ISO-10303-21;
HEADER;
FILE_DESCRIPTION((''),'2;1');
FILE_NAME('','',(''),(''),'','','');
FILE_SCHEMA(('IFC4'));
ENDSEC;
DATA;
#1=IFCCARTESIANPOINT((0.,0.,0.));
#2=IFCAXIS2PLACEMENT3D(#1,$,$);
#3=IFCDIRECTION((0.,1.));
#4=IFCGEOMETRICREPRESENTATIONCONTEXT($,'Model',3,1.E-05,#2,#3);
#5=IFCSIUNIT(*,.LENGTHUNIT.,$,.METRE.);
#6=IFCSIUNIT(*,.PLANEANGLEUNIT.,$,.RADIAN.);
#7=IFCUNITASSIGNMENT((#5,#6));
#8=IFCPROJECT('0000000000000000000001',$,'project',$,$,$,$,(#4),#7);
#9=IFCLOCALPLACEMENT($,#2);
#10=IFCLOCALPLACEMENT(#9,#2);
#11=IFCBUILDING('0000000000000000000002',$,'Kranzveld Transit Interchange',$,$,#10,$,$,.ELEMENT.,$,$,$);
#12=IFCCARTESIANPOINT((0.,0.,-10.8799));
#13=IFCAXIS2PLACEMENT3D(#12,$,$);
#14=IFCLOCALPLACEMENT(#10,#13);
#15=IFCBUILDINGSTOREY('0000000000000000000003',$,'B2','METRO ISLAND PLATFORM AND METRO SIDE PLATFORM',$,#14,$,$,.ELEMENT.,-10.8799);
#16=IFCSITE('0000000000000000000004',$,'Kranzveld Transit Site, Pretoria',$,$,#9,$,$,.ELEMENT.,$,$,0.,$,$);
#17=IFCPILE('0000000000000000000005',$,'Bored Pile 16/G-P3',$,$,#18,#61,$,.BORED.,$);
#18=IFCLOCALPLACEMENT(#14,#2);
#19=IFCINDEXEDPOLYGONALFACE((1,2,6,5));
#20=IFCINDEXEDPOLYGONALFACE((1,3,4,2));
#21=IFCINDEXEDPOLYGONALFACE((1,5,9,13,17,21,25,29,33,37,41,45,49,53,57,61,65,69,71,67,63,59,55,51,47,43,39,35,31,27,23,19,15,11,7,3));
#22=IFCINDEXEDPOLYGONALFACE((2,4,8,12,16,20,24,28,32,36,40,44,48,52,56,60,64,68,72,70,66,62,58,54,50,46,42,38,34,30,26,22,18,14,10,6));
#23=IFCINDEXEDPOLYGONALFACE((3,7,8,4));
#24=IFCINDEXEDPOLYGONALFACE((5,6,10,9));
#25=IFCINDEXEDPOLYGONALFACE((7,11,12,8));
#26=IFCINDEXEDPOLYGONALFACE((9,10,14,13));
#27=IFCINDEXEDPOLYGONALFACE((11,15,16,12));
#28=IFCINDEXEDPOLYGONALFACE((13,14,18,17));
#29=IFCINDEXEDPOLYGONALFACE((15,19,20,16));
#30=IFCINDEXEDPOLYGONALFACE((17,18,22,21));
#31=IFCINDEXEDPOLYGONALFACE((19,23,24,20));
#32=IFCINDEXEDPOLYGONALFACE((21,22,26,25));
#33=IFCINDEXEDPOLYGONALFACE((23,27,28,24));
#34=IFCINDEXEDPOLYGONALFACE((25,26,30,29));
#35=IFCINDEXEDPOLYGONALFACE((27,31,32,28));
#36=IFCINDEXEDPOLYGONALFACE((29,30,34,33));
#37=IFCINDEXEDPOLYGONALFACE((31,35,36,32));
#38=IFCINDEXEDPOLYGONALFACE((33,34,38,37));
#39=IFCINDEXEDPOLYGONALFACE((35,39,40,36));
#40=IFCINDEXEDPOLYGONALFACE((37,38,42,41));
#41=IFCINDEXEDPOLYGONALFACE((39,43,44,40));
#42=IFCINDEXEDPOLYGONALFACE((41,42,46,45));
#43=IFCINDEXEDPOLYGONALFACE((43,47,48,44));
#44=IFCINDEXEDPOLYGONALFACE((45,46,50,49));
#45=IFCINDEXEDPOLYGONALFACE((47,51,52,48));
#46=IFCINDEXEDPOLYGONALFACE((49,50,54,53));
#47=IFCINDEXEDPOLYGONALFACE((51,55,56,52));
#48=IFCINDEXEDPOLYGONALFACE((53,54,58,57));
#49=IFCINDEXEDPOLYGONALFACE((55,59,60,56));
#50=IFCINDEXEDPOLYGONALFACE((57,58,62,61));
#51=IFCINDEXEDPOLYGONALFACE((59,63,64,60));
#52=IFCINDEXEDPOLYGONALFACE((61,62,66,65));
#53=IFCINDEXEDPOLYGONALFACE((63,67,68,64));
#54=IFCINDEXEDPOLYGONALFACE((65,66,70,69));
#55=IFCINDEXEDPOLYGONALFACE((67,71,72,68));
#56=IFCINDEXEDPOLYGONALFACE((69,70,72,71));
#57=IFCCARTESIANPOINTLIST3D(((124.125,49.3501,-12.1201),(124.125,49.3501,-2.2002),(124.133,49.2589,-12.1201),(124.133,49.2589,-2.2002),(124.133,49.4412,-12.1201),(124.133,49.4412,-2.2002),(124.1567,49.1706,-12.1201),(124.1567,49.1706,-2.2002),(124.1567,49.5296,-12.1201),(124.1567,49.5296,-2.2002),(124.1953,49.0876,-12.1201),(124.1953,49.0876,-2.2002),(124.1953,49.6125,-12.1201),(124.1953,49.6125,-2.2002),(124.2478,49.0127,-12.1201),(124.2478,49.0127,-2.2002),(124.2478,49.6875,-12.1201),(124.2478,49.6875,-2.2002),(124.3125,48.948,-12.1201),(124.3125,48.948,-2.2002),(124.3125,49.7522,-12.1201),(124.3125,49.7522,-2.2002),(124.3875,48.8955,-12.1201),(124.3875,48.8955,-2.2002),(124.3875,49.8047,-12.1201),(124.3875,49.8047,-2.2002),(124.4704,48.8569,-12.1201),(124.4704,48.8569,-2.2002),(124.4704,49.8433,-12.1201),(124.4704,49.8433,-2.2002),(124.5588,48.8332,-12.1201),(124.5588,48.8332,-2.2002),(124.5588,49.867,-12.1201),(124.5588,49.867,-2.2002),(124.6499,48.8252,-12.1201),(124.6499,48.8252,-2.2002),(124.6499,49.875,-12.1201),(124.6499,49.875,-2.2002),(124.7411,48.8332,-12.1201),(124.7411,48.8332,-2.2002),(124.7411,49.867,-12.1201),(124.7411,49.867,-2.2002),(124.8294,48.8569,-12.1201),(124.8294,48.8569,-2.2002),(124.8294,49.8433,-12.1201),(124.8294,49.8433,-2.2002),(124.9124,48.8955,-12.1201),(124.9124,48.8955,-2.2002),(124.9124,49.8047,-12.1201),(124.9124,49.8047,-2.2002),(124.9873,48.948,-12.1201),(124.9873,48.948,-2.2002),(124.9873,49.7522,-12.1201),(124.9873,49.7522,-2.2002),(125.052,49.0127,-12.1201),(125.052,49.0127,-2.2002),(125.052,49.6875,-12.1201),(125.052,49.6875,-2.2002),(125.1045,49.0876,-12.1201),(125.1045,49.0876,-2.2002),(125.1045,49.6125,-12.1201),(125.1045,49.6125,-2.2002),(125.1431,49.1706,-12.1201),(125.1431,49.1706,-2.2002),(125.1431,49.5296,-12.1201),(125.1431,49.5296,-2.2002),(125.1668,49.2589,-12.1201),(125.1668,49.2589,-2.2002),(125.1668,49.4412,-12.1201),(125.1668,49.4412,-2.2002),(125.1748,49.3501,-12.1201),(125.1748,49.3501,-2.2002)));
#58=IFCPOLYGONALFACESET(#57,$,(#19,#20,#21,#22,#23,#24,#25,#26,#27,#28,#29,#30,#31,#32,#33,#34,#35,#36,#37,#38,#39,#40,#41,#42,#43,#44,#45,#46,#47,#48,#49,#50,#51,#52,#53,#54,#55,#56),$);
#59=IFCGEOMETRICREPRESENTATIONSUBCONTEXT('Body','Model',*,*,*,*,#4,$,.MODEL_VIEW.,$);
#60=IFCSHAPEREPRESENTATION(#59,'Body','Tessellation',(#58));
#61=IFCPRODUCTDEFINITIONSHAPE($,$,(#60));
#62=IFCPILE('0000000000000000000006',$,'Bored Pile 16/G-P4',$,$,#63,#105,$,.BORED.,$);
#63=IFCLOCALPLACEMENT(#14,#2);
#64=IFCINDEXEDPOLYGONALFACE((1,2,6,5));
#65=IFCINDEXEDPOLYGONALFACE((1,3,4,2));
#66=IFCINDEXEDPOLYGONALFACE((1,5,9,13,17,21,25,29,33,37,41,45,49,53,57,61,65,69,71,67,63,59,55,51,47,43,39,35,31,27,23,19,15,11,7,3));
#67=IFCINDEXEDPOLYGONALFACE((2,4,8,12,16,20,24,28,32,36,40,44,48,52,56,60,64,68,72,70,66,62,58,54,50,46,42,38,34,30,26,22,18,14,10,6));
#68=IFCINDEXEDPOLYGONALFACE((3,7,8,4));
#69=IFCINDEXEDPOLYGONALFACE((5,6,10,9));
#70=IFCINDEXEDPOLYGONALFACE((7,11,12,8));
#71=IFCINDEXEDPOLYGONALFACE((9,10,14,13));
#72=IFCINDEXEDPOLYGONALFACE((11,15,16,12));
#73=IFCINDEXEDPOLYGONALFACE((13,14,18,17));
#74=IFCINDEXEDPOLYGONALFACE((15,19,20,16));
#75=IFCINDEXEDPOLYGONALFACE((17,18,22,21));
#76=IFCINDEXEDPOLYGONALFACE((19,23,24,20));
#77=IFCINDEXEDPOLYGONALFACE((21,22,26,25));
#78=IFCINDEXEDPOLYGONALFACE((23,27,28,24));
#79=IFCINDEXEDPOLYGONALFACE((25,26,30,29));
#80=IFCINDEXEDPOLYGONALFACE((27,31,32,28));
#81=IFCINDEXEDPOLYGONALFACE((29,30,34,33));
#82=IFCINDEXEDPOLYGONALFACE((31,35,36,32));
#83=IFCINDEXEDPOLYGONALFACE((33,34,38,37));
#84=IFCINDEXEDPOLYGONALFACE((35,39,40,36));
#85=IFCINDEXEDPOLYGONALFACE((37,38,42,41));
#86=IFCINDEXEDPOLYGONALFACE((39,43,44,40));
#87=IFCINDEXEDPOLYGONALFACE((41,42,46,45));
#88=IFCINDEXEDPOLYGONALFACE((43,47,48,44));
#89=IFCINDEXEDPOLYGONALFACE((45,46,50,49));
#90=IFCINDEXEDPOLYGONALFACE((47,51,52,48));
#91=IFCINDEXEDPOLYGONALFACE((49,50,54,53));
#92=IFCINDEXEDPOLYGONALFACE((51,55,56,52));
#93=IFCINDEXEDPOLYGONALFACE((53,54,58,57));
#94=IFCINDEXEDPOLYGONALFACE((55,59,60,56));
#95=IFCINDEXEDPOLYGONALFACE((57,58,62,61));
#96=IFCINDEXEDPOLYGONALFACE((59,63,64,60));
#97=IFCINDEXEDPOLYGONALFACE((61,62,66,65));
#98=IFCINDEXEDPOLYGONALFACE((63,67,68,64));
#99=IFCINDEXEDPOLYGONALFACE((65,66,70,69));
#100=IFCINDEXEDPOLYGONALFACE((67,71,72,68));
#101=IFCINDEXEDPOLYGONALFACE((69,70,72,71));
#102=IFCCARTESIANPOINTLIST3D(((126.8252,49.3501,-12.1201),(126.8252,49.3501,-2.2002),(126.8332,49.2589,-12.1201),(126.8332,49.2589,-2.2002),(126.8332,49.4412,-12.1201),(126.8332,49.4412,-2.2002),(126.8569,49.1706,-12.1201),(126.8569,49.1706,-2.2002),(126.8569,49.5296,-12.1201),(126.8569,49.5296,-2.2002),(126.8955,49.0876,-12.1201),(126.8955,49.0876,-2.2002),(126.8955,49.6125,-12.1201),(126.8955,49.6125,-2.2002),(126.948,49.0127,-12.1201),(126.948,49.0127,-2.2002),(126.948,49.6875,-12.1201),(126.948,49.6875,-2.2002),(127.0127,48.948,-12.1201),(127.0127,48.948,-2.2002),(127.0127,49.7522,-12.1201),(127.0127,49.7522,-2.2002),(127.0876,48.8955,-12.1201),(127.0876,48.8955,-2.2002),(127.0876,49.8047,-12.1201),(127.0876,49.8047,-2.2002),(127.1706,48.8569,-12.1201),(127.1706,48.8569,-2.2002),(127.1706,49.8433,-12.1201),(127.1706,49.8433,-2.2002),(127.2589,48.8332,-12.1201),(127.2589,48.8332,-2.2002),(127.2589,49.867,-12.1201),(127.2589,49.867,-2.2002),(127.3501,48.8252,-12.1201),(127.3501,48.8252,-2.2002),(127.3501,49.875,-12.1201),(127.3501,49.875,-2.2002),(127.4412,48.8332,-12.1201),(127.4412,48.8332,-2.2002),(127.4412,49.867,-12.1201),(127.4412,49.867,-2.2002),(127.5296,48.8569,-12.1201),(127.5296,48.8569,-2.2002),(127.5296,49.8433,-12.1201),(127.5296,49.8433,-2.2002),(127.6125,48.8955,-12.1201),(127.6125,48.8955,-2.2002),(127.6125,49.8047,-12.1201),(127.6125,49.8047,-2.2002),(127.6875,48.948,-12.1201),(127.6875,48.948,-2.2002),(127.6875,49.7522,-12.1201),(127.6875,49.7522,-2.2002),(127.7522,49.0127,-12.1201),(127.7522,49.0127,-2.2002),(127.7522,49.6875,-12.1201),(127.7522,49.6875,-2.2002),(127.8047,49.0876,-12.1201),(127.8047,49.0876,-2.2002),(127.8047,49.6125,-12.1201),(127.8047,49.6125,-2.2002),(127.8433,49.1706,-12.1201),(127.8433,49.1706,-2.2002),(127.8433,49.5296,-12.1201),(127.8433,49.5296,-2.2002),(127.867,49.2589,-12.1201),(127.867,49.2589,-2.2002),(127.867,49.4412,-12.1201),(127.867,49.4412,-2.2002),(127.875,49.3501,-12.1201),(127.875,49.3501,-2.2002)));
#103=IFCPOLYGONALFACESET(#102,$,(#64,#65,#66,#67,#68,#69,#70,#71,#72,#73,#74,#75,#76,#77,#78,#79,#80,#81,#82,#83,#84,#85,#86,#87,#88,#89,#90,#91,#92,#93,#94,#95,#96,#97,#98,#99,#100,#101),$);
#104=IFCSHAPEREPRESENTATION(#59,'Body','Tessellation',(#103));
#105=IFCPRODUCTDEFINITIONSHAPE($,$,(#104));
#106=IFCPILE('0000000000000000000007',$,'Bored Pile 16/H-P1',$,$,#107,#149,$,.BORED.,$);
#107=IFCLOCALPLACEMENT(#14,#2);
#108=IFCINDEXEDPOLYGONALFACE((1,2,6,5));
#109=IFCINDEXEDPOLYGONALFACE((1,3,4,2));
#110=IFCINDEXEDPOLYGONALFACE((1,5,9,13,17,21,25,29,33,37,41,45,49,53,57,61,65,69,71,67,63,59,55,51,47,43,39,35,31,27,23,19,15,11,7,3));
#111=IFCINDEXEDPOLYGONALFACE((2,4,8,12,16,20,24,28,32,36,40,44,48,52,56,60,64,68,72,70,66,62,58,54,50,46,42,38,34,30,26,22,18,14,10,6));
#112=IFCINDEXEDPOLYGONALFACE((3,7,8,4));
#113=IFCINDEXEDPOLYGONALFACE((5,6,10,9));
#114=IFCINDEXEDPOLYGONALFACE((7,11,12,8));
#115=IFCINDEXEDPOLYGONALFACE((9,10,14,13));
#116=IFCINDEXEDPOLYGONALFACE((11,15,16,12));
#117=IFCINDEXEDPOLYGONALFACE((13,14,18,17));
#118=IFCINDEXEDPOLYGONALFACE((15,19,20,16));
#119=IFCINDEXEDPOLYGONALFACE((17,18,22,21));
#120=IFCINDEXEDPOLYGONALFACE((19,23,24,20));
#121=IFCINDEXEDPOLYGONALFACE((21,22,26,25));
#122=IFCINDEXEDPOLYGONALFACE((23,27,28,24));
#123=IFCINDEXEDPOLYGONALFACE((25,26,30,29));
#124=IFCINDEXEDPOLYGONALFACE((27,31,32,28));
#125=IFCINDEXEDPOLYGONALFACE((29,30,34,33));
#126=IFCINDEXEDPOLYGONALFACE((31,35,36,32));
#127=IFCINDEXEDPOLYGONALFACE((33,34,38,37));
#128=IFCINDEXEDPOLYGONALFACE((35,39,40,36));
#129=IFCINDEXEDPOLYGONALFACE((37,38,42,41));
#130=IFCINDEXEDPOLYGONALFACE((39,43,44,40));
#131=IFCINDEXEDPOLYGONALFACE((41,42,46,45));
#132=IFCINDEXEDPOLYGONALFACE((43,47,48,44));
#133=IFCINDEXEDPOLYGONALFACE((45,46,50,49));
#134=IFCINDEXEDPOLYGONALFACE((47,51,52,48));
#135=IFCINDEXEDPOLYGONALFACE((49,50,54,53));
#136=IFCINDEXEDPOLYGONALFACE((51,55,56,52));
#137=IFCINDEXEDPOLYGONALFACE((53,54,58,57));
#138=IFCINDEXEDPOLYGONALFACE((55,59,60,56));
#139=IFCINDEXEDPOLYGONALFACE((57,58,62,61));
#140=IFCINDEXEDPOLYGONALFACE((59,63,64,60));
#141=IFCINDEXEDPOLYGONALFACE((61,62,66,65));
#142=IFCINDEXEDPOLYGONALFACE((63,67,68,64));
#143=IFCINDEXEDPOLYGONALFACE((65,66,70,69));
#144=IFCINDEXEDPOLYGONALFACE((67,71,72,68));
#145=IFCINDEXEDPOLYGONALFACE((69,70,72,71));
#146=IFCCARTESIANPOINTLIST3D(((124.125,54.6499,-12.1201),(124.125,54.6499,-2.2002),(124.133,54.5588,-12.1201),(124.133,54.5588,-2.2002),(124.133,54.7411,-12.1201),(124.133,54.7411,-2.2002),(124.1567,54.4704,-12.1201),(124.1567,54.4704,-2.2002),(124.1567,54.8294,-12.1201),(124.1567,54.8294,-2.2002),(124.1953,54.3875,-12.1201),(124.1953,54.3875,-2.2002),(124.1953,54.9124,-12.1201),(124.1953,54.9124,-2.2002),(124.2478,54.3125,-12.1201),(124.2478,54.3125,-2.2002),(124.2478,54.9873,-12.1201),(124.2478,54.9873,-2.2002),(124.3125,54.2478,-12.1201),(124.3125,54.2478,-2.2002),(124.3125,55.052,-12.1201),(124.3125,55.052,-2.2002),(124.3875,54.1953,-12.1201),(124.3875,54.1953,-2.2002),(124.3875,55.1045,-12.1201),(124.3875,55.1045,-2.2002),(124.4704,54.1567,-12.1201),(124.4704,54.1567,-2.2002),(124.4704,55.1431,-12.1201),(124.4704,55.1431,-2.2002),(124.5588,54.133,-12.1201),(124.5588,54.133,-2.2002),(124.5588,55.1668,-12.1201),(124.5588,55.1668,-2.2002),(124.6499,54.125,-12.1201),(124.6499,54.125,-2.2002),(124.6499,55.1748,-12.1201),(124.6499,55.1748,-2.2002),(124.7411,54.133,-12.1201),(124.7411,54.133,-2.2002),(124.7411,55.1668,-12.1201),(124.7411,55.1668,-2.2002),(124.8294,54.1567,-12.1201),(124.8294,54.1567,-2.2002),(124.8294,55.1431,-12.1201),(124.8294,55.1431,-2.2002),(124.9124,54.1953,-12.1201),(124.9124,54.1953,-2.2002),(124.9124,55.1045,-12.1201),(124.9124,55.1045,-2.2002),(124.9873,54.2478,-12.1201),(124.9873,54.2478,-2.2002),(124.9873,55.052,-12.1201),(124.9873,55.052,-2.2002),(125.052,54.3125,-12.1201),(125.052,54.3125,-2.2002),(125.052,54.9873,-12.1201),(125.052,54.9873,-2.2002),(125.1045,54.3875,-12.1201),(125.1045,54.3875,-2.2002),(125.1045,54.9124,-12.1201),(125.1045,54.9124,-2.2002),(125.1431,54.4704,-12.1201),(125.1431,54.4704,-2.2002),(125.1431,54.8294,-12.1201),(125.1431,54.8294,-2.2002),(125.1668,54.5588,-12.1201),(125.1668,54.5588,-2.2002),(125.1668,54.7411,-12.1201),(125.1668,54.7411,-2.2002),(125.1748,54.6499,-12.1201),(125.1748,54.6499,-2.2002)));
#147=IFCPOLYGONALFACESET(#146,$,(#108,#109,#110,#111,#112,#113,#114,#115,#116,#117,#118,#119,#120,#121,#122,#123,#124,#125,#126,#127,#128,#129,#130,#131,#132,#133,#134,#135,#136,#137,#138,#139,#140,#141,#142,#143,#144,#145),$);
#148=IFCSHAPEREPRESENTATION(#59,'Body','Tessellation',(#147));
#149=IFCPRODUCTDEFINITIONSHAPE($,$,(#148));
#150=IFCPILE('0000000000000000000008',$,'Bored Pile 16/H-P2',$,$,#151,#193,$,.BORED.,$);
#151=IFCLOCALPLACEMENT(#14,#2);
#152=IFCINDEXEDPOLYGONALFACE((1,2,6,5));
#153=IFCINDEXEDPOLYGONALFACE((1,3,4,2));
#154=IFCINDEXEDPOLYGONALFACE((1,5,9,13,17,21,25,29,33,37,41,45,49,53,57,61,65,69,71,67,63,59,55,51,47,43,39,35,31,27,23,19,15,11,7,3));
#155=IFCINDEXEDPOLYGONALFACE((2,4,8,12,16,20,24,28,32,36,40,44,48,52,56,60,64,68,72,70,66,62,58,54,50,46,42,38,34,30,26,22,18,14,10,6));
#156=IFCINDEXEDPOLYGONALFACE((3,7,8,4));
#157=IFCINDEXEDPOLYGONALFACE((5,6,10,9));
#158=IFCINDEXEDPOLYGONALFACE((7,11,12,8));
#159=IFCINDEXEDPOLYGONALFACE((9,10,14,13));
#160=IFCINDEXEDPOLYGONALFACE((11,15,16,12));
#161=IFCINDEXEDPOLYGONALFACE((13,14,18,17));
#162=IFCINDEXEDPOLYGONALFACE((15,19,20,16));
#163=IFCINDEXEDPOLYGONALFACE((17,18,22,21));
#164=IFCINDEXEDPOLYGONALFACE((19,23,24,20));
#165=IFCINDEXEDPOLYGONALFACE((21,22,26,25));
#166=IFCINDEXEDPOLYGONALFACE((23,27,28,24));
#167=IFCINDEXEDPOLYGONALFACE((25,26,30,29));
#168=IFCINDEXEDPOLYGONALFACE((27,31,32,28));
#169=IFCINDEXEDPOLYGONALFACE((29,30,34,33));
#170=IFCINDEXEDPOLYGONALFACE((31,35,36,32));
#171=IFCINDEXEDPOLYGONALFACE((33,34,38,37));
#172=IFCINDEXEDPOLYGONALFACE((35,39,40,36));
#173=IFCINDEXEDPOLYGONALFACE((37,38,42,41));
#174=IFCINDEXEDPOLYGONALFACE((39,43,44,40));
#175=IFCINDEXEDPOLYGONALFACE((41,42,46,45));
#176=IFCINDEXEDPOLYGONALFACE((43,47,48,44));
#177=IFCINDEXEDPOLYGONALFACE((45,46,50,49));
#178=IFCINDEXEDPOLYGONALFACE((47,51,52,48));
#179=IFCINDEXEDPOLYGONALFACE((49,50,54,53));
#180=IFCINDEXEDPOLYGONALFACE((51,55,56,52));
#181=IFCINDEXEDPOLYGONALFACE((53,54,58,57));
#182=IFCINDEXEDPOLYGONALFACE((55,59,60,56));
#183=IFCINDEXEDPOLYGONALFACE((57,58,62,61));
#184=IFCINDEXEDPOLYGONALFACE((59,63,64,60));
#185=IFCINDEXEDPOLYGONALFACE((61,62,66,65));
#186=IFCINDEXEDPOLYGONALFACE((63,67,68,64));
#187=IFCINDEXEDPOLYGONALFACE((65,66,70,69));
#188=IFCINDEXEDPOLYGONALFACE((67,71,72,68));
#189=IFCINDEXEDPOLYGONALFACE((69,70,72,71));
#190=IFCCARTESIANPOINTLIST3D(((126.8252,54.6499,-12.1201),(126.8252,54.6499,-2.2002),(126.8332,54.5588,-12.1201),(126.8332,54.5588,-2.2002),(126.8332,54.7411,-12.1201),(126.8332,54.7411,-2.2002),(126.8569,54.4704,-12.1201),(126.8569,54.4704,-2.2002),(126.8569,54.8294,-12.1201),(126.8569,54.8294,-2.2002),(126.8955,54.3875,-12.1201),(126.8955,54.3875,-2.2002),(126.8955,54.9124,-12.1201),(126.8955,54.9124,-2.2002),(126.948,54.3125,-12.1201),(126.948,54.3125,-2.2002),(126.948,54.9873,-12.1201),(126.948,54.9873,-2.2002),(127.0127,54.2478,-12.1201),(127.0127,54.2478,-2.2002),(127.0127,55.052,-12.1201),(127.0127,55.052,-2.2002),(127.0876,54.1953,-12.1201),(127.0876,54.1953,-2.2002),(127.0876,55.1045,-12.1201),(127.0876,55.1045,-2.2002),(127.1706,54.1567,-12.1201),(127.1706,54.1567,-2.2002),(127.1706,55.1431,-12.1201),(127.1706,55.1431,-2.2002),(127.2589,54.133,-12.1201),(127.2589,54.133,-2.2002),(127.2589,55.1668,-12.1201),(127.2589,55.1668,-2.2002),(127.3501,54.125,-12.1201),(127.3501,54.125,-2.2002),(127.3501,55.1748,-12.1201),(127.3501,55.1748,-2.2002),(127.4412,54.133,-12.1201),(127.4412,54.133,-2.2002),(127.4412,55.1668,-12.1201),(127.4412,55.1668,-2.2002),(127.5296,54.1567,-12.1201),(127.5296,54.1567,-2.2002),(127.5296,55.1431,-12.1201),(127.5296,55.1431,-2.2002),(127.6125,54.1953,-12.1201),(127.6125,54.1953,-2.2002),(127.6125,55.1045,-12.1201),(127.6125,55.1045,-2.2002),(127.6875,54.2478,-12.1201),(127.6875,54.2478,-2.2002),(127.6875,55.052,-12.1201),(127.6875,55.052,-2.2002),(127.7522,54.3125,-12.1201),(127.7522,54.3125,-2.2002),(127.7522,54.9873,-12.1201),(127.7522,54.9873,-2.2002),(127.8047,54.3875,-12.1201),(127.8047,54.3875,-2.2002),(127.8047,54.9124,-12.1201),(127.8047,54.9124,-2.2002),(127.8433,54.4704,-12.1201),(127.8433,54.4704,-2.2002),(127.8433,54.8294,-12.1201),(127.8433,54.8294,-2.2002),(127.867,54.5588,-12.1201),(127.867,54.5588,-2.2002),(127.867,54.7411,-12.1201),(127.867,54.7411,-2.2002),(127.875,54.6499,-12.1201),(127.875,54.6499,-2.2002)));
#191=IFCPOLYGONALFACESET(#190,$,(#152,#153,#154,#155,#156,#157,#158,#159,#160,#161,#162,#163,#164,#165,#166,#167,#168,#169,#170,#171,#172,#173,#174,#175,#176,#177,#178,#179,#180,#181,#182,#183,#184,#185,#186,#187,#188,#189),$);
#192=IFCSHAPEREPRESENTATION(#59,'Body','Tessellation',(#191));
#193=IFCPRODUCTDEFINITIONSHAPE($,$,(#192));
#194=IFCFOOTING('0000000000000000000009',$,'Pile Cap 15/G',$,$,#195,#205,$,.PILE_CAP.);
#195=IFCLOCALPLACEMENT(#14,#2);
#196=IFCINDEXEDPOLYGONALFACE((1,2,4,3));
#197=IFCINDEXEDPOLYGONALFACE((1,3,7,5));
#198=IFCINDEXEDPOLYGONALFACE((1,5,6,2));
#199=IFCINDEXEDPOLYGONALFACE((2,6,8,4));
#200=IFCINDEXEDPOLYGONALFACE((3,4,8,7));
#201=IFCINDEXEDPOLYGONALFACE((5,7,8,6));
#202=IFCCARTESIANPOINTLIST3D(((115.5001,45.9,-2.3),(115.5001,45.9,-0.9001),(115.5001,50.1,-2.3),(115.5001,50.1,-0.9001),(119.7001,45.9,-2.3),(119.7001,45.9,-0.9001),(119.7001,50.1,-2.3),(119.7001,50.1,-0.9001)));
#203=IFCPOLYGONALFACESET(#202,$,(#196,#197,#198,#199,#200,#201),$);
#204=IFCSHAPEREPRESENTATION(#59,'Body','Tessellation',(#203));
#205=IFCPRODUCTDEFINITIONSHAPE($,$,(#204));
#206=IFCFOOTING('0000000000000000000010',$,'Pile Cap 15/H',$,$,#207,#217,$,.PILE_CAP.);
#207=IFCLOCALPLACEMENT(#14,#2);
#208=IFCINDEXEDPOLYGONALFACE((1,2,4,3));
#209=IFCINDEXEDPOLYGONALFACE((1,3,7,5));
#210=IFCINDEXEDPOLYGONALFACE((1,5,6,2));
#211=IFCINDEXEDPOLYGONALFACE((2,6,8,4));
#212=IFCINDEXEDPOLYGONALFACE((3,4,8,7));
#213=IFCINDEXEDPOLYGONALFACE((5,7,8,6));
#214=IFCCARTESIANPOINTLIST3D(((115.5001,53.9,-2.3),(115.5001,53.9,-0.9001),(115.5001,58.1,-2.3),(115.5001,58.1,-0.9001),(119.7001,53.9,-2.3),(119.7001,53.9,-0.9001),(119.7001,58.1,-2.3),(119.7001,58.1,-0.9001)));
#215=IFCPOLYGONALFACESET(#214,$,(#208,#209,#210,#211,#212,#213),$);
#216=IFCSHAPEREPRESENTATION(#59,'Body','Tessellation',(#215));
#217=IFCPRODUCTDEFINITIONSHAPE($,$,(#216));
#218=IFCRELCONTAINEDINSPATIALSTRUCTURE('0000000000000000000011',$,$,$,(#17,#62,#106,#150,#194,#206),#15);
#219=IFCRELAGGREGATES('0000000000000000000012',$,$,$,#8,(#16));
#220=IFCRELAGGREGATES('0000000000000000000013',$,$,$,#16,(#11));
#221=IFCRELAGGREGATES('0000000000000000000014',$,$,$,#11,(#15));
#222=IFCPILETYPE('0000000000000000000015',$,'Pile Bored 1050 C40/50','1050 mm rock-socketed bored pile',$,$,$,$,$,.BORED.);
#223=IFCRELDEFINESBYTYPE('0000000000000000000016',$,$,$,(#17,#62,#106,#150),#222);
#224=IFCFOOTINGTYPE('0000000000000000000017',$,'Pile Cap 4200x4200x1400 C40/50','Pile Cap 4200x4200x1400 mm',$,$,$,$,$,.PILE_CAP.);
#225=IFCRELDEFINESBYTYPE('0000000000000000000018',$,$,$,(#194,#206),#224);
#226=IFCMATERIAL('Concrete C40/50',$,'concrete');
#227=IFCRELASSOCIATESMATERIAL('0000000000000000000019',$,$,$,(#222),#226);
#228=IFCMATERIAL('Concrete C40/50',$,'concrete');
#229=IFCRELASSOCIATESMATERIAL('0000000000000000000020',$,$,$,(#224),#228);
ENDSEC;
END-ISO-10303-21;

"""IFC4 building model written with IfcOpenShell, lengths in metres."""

from ifc_helpers import new_model, si_unit, direction, frame, origin, origin_2d, place, context, subcontext, project, spatial, rectangle, circle, extrude, material, material_profile, profile_set, type_object, element, save


model = new_model("IFC4")

# Units and contexts
model_context = context("Model", 3, precision=1e-05, world=origin(), true_north=direction((0.0, 1.0)))
body_context = subcontext(model_context, "Body", "Model", "MODEL_VIEW")
ifc_project = project(units=[si_unit("LENGTHUNIT", "METRE"), si_unit("PLANEANGLEUNIT", "RADIAN")], contexts=[model_context])

# Site, building, storey
site_placement = place(None, origin())
site = spatial("IfcSite", under=ifc_project, at=site_placement, Name="Kranzveld Transit Site, Pretoria", CompositionType="ELEMENT", RefElevation=0.0)
building_placement = place(site_placement, origin())
building = spatial("IfcBuilding", under=site, at=building_placement, Name="Kranzveld Transit Interchange", CompositionType="ELEMENT")
storey_placement = place(building_placement, frame((0.0, 0.0, -10.8799)))
storey = spatial("IfcBuildingStorey", under=building, at=storey_placement, Name="B2", Description="METRO ISLAND PLATFORM AND METRO SIDE PLATFORM", CompositionType="ELEMENT", Elevation=-10.8799)

# Piles
ifc_material_1 = material(Name="Concrete C40/50", Category="concrete")
ifc_material_profile_1 = material_profile(ifc_material_1, circle(Radius=0.5249, at=origin_2d()), Name="BORED PILE 1050")
ifc_profile_set_1 = profile_set([ifc_material_profile_1], Name="Concrete C40/50")
pile_type = type_object("IfcPileType", Name="Pile Bored 1050 C40/50", Description="1050 mm rock-socketed bored pile", PredefinedType="BORED", material=ifc_profile_set_1)
for number, where, z_axis, x_axis, name in (
    (1, (124.6499, 49.3501, -2.2002), (0.0, 0.0, -1.0), (1.0, 0.0, 0.0), "Bored Pile 16/G-P3"),
    (2, (127.3501, 49.3501, -2.2002), (0.0, 0.0, -1.0), (1.0, 0.0, 0.0), "Bored Pile 16/G-P4"),
    (3, (124.6499, 54.6499, -2.2002), (0.0, 0.0, -1.0), (1.0, 0.0, 0.0), "Bored Pile 16/H-P1"),
    (4, (127.3501, 54.6499, -2.2002), (0.0, 0.0, -1.0), (1.0, 0.0, 0.0), "Bored Pile 16/H-P2"),
):
    element("IfcPile", number, at=place(storey_placement, frame(where, z_axis=z_axis, x_axis=x_axis)), inside=storey, type_object=pile_type, Name=name, PredefinedType="BORED", context=body_context, shape_type="SweptSolid", body=[
        extrude(circle(Radius=0.5249, at=origin_2d()), origin(), (0.0, 0.0, 1.0), 9.9199),
    ])

# Footings
ifc_material_2 = material(Name="Concrete C40/50", Category="concrete")
footing_type = type_object("IfcFootingType", Name="Pile Cap 4200x4200x1400 C40/50", Description="Pile Cap 4200x4200x1400 mm", PredefinedType="PILE_CAP", material=ifc_material_2)
for number, where, z_axis, x_axis, name in (
    (5, (117.6001, 48.0, -2.3), (0.0, 0.0, 1.0), (1.0, 0.0, 0.0), "Pile Cap 15/G"),
    (6, (117.6001, 56.0, -2.3), (0.0, 0.0, 1.0), (1.0, 0.0, 0.0), "Pile Cap 15/H"),
):
    element("IfcFooting", number, at=place(storey_placement, frame(where, z_axis=z_axis, x_axis=x_axis)), inside=storey, type_object=footing_type, Name=name, PredefinedType="PILE_CAP", context=body_context, shape_type="SweptSolid", body=[
        extrude(rectangle(XDim=4.2, YDim=4.2, at=origin_2d()), origin(), (0.0, 0.0, 1.0), 1.3999),
    ])

save(model, "model.ifc")
